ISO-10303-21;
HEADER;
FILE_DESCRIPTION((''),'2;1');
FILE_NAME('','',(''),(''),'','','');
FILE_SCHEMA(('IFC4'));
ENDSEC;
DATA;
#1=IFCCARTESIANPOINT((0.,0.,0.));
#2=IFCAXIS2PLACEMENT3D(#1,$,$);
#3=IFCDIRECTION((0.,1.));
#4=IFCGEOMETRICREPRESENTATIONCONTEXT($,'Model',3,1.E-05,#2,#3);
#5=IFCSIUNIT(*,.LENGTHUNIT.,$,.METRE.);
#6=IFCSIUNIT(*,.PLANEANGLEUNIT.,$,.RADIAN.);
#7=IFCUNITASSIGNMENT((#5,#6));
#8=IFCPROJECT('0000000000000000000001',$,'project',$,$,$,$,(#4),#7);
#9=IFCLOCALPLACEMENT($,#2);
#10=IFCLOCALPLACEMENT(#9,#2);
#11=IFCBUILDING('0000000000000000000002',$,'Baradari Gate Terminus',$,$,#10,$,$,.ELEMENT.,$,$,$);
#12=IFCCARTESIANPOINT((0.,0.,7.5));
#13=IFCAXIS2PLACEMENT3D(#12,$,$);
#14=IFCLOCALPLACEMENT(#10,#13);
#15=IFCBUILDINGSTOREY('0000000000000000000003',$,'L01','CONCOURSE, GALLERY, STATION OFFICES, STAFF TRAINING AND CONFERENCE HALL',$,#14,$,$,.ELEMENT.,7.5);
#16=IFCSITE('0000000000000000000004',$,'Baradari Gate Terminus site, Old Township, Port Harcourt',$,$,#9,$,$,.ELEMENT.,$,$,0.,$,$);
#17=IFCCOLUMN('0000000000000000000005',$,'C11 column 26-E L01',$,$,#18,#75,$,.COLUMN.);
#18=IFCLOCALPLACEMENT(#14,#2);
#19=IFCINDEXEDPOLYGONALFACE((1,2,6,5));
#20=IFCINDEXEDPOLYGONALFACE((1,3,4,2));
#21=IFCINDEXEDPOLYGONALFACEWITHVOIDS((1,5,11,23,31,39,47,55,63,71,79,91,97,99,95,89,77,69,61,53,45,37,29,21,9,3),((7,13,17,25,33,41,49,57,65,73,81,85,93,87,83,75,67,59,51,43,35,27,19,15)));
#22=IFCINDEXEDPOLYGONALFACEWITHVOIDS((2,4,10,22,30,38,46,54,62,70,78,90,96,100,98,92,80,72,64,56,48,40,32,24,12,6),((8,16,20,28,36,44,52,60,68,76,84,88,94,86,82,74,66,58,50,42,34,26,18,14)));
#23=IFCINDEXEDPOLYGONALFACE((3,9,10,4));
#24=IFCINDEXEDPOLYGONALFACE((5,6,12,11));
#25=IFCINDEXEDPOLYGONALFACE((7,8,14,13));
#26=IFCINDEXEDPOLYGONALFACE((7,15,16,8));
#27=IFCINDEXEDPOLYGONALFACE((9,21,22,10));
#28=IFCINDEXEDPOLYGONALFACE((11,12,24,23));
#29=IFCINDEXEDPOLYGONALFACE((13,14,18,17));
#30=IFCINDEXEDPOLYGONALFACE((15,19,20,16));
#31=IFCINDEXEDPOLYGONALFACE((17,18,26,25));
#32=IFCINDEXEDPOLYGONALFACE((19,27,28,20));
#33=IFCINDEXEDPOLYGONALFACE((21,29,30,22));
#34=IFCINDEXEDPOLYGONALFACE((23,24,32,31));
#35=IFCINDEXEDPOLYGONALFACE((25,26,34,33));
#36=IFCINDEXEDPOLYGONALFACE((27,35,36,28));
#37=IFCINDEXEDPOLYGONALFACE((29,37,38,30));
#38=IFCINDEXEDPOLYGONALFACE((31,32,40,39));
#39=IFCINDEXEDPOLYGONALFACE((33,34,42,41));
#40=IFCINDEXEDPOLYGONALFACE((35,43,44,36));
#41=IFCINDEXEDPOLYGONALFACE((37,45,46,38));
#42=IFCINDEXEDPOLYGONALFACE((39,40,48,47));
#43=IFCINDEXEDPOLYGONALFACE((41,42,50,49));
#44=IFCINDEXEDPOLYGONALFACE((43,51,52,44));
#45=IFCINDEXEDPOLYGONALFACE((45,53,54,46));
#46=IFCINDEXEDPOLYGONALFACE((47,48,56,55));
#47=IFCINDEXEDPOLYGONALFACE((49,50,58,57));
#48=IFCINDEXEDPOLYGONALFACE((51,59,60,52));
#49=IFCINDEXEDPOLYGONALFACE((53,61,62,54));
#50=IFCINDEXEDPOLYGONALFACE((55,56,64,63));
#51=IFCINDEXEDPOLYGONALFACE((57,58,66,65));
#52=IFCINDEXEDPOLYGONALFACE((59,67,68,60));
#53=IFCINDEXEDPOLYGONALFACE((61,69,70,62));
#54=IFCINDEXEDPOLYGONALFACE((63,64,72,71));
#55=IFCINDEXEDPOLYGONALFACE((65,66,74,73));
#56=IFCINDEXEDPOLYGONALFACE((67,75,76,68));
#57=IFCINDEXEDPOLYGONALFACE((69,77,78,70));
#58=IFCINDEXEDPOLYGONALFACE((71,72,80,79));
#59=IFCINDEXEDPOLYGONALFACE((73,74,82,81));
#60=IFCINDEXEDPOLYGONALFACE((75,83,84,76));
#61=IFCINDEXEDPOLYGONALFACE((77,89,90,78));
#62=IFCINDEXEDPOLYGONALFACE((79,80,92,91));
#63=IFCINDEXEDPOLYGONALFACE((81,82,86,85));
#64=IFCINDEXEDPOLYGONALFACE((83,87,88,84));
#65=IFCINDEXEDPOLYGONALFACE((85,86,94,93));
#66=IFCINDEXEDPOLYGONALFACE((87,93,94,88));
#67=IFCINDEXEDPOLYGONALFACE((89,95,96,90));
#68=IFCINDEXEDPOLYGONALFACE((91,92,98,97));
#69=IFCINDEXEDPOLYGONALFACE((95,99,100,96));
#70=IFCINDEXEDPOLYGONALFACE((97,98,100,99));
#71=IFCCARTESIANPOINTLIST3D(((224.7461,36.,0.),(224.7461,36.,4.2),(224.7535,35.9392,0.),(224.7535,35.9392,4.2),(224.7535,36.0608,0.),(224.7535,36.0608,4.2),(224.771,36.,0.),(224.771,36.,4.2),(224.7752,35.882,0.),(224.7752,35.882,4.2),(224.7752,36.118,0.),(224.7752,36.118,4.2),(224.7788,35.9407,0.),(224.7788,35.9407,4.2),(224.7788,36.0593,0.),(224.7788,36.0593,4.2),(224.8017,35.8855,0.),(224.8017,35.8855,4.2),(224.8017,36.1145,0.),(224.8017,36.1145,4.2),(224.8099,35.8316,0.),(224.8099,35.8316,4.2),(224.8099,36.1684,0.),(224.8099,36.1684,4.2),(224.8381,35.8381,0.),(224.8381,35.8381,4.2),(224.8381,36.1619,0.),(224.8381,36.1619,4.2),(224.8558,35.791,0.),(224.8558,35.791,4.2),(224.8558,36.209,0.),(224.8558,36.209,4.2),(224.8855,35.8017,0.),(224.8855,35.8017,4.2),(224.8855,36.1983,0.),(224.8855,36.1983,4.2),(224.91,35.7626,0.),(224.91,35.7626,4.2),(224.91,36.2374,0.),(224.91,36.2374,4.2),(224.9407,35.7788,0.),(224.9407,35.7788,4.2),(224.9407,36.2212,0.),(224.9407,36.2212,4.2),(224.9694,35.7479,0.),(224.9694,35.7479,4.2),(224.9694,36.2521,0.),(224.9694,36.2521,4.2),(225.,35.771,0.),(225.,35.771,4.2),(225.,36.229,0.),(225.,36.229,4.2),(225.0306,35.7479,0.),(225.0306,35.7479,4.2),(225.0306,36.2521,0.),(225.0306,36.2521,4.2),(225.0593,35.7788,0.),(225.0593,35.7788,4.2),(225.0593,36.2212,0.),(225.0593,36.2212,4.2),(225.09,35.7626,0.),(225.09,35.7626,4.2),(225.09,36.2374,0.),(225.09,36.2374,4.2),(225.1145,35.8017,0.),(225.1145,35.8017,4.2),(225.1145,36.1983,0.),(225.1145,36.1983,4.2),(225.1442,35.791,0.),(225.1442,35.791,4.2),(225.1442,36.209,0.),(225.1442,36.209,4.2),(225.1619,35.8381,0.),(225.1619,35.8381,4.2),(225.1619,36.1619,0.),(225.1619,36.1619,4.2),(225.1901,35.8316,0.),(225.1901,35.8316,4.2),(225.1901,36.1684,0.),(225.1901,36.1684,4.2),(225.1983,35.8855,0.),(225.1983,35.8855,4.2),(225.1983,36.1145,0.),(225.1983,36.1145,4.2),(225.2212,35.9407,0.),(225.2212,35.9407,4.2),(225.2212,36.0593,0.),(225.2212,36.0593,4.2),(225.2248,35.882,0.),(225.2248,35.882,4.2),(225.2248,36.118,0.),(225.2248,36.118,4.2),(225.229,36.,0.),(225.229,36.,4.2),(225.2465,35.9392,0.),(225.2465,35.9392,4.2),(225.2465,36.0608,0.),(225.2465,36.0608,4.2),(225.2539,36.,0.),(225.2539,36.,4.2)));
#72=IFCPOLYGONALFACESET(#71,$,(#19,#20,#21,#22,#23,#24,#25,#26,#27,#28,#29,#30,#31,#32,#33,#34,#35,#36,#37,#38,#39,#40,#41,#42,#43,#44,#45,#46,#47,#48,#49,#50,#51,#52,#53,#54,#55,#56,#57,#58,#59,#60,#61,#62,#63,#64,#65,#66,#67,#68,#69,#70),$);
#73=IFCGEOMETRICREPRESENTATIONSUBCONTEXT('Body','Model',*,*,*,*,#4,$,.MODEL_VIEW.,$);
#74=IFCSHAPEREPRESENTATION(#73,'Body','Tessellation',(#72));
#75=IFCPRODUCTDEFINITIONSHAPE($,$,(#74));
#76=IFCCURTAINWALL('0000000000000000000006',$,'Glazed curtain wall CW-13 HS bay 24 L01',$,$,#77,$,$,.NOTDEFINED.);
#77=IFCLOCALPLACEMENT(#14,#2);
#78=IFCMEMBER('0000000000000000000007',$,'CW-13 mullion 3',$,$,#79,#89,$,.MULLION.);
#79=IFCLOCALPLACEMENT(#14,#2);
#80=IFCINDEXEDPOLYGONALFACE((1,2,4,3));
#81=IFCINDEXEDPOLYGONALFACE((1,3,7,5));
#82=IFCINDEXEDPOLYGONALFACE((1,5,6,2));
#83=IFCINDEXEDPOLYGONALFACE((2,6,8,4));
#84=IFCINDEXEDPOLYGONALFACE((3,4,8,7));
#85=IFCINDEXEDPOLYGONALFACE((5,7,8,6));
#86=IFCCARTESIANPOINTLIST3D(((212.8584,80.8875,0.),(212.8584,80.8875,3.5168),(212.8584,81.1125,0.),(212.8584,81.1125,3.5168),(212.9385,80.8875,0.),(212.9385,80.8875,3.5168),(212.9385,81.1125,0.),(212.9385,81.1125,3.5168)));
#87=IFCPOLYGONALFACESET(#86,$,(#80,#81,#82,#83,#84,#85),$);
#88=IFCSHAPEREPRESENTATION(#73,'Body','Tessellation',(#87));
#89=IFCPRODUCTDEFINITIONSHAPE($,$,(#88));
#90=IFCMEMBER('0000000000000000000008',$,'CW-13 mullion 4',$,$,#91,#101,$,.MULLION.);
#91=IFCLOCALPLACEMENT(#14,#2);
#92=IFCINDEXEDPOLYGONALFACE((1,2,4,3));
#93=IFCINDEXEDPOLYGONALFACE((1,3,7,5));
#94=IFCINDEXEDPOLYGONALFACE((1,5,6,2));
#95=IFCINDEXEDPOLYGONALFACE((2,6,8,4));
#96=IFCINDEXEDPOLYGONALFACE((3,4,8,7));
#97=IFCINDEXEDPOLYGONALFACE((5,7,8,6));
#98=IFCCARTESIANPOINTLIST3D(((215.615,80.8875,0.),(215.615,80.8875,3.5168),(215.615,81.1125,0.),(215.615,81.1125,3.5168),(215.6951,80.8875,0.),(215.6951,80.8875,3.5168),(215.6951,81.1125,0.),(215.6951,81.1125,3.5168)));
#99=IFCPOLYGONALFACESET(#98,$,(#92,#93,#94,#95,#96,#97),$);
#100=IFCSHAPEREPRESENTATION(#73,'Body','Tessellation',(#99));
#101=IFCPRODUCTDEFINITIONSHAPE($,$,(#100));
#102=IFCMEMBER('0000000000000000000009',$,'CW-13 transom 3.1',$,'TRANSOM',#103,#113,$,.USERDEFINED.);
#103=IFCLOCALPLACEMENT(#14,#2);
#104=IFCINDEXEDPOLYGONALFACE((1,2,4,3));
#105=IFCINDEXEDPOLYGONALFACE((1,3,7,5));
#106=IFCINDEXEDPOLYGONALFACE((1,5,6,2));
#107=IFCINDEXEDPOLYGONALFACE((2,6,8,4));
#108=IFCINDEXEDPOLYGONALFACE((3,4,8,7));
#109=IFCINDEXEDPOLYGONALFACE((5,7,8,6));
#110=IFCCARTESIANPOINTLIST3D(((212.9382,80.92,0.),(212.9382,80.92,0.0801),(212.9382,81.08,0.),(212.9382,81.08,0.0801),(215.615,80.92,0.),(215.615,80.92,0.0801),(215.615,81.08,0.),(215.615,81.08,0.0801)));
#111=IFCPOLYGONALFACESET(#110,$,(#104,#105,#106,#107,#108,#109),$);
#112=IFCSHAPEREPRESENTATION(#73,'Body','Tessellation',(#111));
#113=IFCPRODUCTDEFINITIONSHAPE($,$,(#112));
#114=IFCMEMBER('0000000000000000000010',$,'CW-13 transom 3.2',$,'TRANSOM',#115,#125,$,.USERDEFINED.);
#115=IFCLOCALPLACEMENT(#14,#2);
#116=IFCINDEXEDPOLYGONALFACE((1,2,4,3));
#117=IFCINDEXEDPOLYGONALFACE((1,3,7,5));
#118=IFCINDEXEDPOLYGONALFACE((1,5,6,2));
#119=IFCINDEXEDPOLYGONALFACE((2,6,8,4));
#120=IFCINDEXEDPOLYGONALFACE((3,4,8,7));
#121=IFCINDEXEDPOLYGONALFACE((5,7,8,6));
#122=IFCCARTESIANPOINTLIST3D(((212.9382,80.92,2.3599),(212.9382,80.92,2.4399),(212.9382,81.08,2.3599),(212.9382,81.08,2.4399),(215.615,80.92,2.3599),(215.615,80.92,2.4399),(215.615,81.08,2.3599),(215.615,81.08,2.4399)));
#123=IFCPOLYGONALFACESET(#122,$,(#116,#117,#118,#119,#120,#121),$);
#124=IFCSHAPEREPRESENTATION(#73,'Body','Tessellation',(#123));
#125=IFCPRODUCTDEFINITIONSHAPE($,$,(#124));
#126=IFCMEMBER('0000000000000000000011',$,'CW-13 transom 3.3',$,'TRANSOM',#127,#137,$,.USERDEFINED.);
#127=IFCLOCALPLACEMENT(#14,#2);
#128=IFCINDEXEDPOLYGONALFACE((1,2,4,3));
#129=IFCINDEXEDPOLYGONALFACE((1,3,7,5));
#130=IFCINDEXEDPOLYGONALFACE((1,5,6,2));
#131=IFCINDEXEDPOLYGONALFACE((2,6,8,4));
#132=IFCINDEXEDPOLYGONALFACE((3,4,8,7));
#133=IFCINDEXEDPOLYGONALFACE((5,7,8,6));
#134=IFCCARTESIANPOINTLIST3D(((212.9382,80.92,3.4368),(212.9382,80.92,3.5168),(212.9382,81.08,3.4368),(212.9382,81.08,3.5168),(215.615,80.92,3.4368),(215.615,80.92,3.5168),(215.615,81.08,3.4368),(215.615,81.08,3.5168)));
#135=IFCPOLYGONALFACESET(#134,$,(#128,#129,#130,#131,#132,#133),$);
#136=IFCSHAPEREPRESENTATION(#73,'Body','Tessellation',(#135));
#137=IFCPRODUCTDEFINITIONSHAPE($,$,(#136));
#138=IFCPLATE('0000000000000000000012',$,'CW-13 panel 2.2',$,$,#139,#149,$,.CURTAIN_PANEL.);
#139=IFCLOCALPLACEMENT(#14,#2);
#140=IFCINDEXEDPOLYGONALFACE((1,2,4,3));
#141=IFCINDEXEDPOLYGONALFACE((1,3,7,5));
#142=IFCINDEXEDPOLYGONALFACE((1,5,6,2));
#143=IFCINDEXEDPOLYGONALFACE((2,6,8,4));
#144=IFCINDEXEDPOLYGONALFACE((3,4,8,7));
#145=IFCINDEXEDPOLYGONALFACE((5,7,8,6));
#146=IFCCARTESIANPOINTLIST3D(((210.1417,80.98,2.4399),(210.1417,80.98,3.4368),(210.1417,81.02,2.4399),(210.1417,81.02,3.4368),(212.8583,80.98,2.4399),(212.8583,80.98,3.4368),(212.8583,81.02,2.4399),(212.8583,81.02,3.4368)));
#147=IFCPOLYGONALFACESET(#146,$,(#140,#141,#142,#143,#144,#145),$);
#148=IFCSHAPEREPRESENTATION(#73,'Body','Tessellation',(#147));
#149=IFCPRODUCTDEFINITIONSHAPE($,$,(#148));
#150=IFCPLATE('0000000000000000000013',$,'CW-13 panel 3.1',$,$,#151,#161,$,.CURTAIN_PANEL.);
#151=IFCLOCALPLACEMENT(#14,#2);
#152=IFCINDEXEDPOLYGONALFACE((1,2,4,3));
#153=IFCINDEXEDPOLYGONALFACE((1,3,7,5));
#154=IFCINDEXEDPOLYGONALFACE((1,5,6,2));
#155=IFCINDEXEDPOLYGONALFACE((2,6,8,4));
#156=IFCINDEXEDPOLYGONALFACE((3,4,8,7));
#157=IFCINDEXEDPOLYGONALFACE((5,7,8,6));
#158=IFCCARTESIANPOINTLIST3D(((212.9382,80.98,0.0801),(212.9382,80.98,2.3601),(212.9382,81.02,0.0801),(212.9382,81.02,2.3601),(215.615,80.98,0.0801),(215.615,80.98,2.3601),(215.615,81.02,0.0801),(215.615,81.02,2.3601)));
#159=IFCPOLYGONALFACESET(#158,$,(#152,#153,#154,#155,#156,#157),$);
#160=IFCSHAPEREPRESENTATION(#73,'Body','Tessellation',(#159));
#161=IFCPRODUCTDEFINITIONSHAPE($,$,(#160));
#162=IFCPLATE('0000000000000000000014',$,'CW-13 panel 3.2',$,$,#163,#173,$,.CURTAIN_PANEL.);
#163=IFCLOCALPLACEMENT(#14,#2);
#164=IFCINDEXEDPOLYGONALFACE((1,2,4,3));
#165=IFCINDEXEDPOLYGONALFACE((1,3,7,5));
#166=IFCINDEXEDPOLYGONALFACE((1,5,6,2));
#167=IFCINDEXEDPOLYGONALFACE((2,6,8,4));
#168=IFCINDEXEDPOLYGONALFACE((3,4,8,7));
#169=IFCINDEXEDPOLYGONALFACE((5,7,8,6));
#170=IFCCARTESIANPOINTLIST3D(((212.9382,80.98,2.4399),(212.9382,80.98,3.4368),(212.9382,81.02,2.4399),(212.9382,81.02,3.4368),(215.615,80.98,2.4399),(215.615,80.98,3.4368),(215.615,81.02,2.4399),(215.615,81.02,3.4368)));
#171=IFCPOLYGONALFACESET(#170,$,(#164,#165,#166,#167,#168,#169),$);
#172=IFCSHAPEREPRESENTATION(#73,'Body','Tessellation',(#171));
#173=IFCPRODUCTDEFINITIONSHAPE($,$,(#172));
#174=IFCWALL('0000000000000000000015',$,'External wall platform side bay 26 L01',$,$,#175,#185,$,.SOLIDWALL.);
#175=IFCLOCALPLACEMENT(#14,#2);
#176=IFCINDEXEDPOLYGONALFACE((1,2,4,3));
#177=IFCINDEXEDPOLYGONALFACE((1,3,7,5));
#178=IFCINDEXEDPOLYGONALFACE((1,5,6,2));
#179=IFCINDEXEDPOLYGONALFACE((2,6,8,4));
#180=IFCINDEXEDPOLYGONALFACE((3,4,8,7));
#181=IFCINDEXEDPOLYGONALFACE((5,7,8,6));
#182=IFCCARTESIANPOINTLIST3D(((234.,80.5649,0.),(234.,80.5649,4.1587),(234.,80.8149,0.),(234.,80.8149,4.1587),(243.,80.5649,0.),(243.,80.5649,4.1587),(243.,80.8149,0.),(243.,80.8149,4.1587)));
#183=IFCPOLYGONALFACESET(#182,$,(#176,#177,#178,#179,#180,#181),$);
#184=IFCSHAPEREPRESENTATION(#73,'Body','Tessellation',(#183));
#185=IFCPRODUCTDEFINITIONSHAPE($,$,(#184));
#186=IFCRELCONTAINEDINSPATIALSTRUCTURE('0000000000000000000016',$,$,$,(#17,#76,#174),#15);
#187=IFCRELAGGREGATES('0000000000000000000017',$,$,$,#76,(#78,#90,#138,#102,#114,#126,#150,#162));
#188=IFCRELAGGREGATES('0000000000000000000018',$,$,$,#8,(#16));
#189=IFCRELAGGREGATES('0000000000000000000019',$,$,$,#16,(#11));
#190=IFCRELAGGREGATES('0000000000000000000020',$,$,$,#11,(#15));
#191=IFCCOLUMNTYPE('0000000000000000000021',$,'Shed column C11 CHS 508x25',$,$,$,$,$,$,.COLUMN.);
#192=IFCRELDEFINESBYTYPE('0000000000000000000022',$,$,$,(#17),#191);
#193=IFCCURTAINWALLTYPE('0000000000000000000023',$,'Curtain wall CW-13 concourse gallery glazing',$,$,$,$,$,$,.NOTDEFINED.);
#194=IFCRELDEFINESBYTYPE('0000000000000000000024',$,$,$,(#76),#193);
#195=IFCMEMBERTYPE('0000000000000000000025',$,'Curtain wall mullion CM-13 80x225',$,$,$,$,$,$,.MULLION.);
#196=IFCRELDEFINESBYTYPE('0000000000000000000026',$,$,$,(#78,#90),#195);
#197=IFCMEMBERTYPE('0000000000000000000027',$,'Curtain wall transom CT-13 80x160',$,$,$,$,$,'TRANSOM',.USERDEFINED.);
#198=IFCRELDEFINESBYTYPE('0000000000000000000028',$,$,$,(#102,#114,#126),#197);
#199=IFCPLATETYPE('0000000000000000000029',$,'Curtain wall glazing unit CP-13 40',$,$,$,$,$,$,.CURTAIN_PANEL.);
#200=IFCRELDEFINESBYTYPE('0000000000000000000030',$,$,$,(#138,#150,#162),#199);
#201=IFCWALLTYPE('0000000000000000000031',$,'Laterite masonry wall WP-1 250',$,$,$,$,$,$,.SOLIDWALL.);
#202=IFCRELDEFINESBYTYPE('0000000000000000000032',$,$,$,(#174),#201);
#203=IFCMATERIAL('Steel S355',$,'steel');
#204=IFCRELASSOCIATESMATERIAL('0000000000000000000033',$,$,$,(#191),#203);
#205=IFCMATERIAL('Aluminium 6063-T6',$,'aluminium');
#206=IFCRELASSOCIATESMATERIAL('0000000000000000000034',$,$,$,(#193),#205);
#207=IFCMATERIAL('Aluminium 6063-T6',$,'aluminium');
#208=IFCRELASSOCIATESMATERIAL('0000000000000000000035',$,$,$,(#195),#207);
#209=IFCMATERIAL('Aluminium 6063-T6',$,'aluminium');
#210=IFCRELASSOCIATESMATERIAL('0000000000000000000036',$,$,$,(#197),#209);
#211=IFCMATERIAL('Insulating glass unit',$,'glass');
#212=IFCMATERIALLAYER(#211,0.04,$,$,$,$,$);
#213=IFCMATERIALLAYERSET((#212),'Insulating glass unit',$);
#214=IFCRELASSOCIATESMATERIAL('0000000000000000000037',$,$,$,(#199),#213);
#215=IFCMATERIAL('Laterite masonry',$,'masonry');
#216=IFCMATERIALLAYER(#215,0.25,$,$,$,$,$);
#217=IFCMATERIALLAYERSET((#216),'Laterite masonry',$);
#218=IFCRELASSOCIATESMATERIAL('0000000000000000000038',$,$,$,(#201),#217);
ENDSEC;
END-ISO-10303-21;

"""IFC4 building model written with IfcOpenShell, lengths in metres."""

from ifc_helpers import new_model, si_unit, direction, frame, frame_2d, origin, origin_2d, place, context, subcontext, project, spatial, rectangle, hollow_circle, extrude, material, layer, layer_set, material_profile, profile_set, type_object, element, aggregate, save


model = new_model("IFC4")

# Units and contexts
model_context = context("Model", 3, precision=1e-05, world=origin(), true_north=direction((0.0, 1.0)))
body_context = subcontext(model_context, "Body", "Model", "MODEL_VIEW")
ifc_project = project(units=[si_unit("LENGTHUNIT", "METRE"), si_unit("PLANEANGLEUNIT", "RADIAN")], contexts=[model_context])

# Site, building, storey
site_placement = place(None, origin())
site = spatial("IfcSite", under=ifc_project, at=site_placement, Name="Baradari Gate Terminus site, Old Township, Port Harcourt", CompositionType="ELEMENT", RefElevation=0.0)
building_placement = place(site_placement, origin())
building = spatial("IfcBuilding", under=site, at=building_placement, Name="Baradari Gate Terminus", CompositionType="ELEMENT")
storey_placement = place(building_placement, frame((0.0, 0.0, 7.5)))
storey = spatial("IfcBuildingStorey", under=building, at=storey_placement, Name="L01", Description="CONCOURSE, GALLERY, STATION OFFICES, STAFF TRAINING AND CONFERENCE HALL", CompositionType="ELEMENT", Elevation=7.5)

# Column
ifc_material_1 = material(Name="Steel S355", Category="steel")
ifc_material_profile_1 = material_profile(ifc_material_1, hollow_circle(Radius=0.2539, WallThickness=0.0249, at=origin_2d()), Name="CHS 508x25")
ifc_profile_set_1 = profile_set([ifc_material_profile_1], Name="Steel S355")
column_type_1 = type_object("IfcColumnType", Name="Shed column C11 CHS 508x25", PredefinedType="COLUMN", material=ifc_profile_set_1)
for number, where, z_axis, x_axis, name in (
    (1, (225.0, 36.0, 0.0), (0.0, 0.0, 1.0), (1.0, 0.0, 0.0), "C11 column 26-E L01"),
):
    element("IfcColumn", number, at=place(storey_placement, frame(where, z_axis=z_axis, x_axis=x_axis)), inside=storey, type_object=column_type_1, Name=name, PredefinedType="COLUMN", context=body_context, shape_type="SweptSolid", body=[
        extrude(hollow_circle(Radius=0.2539, WallThickness=0.0249, at=origin_2d()), origin(), (0.0, 0.0, 1.0), 4.2),
    ])

# Curtain wall, members, plates
ifc_material_2 = material(Name="Aluminium 6063-T6", Category="aluminium")
curtain_wall_type = type_object("IfcCurtainWallType", Name="Curtain wall CW-13 concourse gallery glazing", PredefinedType="NOTDEFINED", material=ifc_material_2)
curtain_wall_placement = place(storey_placement, origin())
curtain_wall = element("IfcCurtainWall", 2, at=curtain_wall_placement, inside=storey, type_object=curtain_wall_type, Name="Glazed curtain wall CW-13 HS bay 24 L01", PredefinedType="NOTDEFINED")
ifc_material_3 = material(Name="Aluminium 6063-T6", Category="aluminium")
ifc_material_profile_2 = material_profile(ifc_material_3, rectangle(XDim=0.2251, YDim=0.0801, at=origin_2d()), Name="CM-13 80X225")
ifc_profile_set_2 = profile_set([ifc_material_profile_2], Name="Aluminium 6063-T6")
member_type_1 = type_object("IfcMemberType", Name="Curtain wall mullion CM-13 80x225", PredefinedType="MULLION", material=ifc_profile_set_2)
member_1_placement = place(storey_placement, frame((212.8984, 81.0, 0.0), z_axis=(0.0, 0.0, 1.0), x_axis=(0.0, 1.0, 0.0)))
member_1 = element("IfcMember", 3, at=member_1_placement, type_object=member_type_1, Name="CW-13 mullion 3", PredefinedType="MULLION", context=body_context, shape_type="SweptSolid", body=[
    extrude(rectangle(XDim=0.2251, YDim=0.0801, at=origin_2d()), origin(), (0.0, 0.0, 1.0), 3.5168),
])
member_2_placement = place(storey_placement, frame((215.655, 81.0, 0.0), z_axis=(0.0, 0.0, 1.0), x_axis=(0.0, 1.0, 0.0)))
member_2 = element("IfcMember", 4, at=member_2_placement, type_object=member_type_1, Name="CW-13 mullion 4", PredefinedType="MULLION", context=body_context, shape_type="SweptSolid", body=[
    extrude(rectangle(XDim=0.2251, YDim=0.0801, at=origin_2d()), origin(), (0.0, 0.0, 1.0), 3.5168),
])
ifc_material_4 = material(Name="Aluminium 6063-T6", Category="aluminium")
ifc_material_profile_3 = material_profile(ifc_material_4, rectangle(XDim=0.1599, YDim=0.0801, at=origin_2d()), Name="CT-13 80X160")
ifc_profile_set_3 = profile_set([ifc_material_profile_3], Name="Aluminium 6063-T6")
member_type_2 = type_object("IfcMemberType", Name="Curtain wall transom CT-13 80x160", ElementType="TRANSOM", PredefinedType="USERDEFINED", material=ifc_profile_set_3)
member_3_placement = place(storey_placement, frame((212.9382, 81.0, 0.04), z_axis=(1.0, 0.0, 0.0), x_axis=(0.0, 1.0, 0.0)))
member_3 = element("IfcMember", 5, at=member_3_placement, type_object=member_type_2, Name="CW-13 transom 3.1", ObjectType="TRANSOM", PredefinedType="USERDEFINED", context=body_context, shape_type="SweptSolid", body=[
    extrude(rectangle(XDim=0.1599, YDim=0.0801, at=origin_2d()), origin(), (0.0, 0.0, 1.0), 2.6768),
])
member_4_placement = place(storey_placement, frame((212.9382, 81.0, 2.3999), z_axis=(1.0, 0.0, 0.0), x_axis=(0.0, 1.0, 0.0)))
member_4 = element("IfcMember", 6, at=member_4_placement, type_object=member_type_2, Name="CW-13 transom 3.2", ObjectType="TRANSOM", PredefinedType="USERDEFINED", context=body_context, shape_type="SweptSolid", body=[
    extrude(rectangle(XDim=0.1599, YDim=0.0801, at=origin_2d()), origin(), (0.0, 0.0, 1.0), 2.6768),
])
member_5_placement = place(storey_placement, frame((212.9382, 81.0, 3.4768), z_axis=(1.0, 0.0, 0.0), x_axis=(0.0, 1.0, 0.0)))
member_5 = element("IfcMember", 7, at=member_5_placement, type_object=member_type_2, Name="CW-13 transom 3.3", ObjectType="TRANSOM", PredefinedType="USERDEFINED", context=body_context, shape_type="SweptSolid", body=[
    extrude(rectangle(XDim=0.1599, YDim=0.0801, at=origin_2d()), origin(), (0.0, 0.0, 1.0), 2.6768),
])
ifc_material_5 = material(Name="Insulating glass unit", Category="glass")
ifc_layer_1 = layer(ifc_material_5, 0.04)
ifc_layer_set_1 = layer_set([ifc_layer_1], Name="Insulating glass unit")
plate_type = type_object("IfcPlateType", Name="Curtain wall glazing unit CP-13 40", PredefinedType="CURTAIN_PANEL", material=ifc_layer_set_1)
plate_1_placement = place(storey_placement, frame((211.5, 81.0, 2.4399), z_axis=(0.0, 0.0, 1.0), x_axis=(1.0, 0.0, 0.0)))
plate_1 = element("IfcPlate", 8, at=plate_1_placement, type_object=plate_type, Name="CW-13 panel 2.2", PredefinedType="CURTAIN_PANEL", context=body_context, shape_type="SweptSolid", body=[
    extrude(rectangle(XDim=2.7166, YDim=0.04, at=origin_2d()), origin(), (0.0, 0.0, 1.0), 0.9968),
])
plate_2_placement = place(storey_placement, frame((214.2766, 81.0, 0.0801), z_axis=(0.0, 0.0, 1.0), x_axis=(1.0, 0.0, 0.0)))
plate_2 = element("IfcPlate", 9, at=plate_2_placement, type_object=plate_type, Name="CW-13 panel 3.1", PredefinedType="CURTAIN_PANEL", context=body_context, shape_type="SweptSolid", body=[
    extrude(rectangle(XDim=2.6768, YDim=0.04, at=origin_2d()), origin(), (0.0, 0.0, 1.0), 2.28),
])
plate_3_placement = place(storey_placement, frame((214.2766, 81.0, 2.4399), z_axis=(0.0, 0.0, 1.0), x_axis=(1.0, 0.0, 0.0)))
plate_3 = element("IfcPlate", 10, at=plate_3_placement, type_object=plate_type, Name="CW-13 panel 3.2", PredefinedType="CURTAIN_PANEL", context=body_context, shape_type="SweptSolid", body=[
    extrude(rectangle(XDim=2.6768, YDim=0.04, at=origin_2d()), origin(), (0.0, 0.0, 1.0), 0.9968),
])
aggregate(curtain_wall, [member_1, member_2, plate_1, member_3, member_4, member_5, plate_2, plate_3])

# Wall
ifc_material_6 = material(Name="Laterite masonry", Category="masonry")
ifc_layer_2 = layer(ifc_material_6, 0.25)
ifc_layer_set_2 = layer_set([ifc_layer_2], Name="Laterite masonry")
wall_type = type_object("IfcWallType", Name="Laterite masonry wall WP-1 250", PredefinedType="SOLIDWALL", material=ifc_layer_set_2)
wall_placement = place(storey_placement, frame((234.0, 80.6899, 0.0), z_axis=(0.0, 0.0, 1.0), x_axis=(1.0, 0.0, 0.0)))
element("IfcWall", 11, at=wall_placement, inside=storey, type_object=wall_type, Name="External wall platform side bay 26 L01", PredefinedType="SOLIDWALL", context=body_context, shape_type="SweptSolid", body=[
    extrude(rectangle(XDim=9.0, YDim=0.25, at=frame_2d((4.5, 0.0))), origin(), (0.0, 0.0, 1.0), 4.1587),
])

save(model, "model.ifc")
